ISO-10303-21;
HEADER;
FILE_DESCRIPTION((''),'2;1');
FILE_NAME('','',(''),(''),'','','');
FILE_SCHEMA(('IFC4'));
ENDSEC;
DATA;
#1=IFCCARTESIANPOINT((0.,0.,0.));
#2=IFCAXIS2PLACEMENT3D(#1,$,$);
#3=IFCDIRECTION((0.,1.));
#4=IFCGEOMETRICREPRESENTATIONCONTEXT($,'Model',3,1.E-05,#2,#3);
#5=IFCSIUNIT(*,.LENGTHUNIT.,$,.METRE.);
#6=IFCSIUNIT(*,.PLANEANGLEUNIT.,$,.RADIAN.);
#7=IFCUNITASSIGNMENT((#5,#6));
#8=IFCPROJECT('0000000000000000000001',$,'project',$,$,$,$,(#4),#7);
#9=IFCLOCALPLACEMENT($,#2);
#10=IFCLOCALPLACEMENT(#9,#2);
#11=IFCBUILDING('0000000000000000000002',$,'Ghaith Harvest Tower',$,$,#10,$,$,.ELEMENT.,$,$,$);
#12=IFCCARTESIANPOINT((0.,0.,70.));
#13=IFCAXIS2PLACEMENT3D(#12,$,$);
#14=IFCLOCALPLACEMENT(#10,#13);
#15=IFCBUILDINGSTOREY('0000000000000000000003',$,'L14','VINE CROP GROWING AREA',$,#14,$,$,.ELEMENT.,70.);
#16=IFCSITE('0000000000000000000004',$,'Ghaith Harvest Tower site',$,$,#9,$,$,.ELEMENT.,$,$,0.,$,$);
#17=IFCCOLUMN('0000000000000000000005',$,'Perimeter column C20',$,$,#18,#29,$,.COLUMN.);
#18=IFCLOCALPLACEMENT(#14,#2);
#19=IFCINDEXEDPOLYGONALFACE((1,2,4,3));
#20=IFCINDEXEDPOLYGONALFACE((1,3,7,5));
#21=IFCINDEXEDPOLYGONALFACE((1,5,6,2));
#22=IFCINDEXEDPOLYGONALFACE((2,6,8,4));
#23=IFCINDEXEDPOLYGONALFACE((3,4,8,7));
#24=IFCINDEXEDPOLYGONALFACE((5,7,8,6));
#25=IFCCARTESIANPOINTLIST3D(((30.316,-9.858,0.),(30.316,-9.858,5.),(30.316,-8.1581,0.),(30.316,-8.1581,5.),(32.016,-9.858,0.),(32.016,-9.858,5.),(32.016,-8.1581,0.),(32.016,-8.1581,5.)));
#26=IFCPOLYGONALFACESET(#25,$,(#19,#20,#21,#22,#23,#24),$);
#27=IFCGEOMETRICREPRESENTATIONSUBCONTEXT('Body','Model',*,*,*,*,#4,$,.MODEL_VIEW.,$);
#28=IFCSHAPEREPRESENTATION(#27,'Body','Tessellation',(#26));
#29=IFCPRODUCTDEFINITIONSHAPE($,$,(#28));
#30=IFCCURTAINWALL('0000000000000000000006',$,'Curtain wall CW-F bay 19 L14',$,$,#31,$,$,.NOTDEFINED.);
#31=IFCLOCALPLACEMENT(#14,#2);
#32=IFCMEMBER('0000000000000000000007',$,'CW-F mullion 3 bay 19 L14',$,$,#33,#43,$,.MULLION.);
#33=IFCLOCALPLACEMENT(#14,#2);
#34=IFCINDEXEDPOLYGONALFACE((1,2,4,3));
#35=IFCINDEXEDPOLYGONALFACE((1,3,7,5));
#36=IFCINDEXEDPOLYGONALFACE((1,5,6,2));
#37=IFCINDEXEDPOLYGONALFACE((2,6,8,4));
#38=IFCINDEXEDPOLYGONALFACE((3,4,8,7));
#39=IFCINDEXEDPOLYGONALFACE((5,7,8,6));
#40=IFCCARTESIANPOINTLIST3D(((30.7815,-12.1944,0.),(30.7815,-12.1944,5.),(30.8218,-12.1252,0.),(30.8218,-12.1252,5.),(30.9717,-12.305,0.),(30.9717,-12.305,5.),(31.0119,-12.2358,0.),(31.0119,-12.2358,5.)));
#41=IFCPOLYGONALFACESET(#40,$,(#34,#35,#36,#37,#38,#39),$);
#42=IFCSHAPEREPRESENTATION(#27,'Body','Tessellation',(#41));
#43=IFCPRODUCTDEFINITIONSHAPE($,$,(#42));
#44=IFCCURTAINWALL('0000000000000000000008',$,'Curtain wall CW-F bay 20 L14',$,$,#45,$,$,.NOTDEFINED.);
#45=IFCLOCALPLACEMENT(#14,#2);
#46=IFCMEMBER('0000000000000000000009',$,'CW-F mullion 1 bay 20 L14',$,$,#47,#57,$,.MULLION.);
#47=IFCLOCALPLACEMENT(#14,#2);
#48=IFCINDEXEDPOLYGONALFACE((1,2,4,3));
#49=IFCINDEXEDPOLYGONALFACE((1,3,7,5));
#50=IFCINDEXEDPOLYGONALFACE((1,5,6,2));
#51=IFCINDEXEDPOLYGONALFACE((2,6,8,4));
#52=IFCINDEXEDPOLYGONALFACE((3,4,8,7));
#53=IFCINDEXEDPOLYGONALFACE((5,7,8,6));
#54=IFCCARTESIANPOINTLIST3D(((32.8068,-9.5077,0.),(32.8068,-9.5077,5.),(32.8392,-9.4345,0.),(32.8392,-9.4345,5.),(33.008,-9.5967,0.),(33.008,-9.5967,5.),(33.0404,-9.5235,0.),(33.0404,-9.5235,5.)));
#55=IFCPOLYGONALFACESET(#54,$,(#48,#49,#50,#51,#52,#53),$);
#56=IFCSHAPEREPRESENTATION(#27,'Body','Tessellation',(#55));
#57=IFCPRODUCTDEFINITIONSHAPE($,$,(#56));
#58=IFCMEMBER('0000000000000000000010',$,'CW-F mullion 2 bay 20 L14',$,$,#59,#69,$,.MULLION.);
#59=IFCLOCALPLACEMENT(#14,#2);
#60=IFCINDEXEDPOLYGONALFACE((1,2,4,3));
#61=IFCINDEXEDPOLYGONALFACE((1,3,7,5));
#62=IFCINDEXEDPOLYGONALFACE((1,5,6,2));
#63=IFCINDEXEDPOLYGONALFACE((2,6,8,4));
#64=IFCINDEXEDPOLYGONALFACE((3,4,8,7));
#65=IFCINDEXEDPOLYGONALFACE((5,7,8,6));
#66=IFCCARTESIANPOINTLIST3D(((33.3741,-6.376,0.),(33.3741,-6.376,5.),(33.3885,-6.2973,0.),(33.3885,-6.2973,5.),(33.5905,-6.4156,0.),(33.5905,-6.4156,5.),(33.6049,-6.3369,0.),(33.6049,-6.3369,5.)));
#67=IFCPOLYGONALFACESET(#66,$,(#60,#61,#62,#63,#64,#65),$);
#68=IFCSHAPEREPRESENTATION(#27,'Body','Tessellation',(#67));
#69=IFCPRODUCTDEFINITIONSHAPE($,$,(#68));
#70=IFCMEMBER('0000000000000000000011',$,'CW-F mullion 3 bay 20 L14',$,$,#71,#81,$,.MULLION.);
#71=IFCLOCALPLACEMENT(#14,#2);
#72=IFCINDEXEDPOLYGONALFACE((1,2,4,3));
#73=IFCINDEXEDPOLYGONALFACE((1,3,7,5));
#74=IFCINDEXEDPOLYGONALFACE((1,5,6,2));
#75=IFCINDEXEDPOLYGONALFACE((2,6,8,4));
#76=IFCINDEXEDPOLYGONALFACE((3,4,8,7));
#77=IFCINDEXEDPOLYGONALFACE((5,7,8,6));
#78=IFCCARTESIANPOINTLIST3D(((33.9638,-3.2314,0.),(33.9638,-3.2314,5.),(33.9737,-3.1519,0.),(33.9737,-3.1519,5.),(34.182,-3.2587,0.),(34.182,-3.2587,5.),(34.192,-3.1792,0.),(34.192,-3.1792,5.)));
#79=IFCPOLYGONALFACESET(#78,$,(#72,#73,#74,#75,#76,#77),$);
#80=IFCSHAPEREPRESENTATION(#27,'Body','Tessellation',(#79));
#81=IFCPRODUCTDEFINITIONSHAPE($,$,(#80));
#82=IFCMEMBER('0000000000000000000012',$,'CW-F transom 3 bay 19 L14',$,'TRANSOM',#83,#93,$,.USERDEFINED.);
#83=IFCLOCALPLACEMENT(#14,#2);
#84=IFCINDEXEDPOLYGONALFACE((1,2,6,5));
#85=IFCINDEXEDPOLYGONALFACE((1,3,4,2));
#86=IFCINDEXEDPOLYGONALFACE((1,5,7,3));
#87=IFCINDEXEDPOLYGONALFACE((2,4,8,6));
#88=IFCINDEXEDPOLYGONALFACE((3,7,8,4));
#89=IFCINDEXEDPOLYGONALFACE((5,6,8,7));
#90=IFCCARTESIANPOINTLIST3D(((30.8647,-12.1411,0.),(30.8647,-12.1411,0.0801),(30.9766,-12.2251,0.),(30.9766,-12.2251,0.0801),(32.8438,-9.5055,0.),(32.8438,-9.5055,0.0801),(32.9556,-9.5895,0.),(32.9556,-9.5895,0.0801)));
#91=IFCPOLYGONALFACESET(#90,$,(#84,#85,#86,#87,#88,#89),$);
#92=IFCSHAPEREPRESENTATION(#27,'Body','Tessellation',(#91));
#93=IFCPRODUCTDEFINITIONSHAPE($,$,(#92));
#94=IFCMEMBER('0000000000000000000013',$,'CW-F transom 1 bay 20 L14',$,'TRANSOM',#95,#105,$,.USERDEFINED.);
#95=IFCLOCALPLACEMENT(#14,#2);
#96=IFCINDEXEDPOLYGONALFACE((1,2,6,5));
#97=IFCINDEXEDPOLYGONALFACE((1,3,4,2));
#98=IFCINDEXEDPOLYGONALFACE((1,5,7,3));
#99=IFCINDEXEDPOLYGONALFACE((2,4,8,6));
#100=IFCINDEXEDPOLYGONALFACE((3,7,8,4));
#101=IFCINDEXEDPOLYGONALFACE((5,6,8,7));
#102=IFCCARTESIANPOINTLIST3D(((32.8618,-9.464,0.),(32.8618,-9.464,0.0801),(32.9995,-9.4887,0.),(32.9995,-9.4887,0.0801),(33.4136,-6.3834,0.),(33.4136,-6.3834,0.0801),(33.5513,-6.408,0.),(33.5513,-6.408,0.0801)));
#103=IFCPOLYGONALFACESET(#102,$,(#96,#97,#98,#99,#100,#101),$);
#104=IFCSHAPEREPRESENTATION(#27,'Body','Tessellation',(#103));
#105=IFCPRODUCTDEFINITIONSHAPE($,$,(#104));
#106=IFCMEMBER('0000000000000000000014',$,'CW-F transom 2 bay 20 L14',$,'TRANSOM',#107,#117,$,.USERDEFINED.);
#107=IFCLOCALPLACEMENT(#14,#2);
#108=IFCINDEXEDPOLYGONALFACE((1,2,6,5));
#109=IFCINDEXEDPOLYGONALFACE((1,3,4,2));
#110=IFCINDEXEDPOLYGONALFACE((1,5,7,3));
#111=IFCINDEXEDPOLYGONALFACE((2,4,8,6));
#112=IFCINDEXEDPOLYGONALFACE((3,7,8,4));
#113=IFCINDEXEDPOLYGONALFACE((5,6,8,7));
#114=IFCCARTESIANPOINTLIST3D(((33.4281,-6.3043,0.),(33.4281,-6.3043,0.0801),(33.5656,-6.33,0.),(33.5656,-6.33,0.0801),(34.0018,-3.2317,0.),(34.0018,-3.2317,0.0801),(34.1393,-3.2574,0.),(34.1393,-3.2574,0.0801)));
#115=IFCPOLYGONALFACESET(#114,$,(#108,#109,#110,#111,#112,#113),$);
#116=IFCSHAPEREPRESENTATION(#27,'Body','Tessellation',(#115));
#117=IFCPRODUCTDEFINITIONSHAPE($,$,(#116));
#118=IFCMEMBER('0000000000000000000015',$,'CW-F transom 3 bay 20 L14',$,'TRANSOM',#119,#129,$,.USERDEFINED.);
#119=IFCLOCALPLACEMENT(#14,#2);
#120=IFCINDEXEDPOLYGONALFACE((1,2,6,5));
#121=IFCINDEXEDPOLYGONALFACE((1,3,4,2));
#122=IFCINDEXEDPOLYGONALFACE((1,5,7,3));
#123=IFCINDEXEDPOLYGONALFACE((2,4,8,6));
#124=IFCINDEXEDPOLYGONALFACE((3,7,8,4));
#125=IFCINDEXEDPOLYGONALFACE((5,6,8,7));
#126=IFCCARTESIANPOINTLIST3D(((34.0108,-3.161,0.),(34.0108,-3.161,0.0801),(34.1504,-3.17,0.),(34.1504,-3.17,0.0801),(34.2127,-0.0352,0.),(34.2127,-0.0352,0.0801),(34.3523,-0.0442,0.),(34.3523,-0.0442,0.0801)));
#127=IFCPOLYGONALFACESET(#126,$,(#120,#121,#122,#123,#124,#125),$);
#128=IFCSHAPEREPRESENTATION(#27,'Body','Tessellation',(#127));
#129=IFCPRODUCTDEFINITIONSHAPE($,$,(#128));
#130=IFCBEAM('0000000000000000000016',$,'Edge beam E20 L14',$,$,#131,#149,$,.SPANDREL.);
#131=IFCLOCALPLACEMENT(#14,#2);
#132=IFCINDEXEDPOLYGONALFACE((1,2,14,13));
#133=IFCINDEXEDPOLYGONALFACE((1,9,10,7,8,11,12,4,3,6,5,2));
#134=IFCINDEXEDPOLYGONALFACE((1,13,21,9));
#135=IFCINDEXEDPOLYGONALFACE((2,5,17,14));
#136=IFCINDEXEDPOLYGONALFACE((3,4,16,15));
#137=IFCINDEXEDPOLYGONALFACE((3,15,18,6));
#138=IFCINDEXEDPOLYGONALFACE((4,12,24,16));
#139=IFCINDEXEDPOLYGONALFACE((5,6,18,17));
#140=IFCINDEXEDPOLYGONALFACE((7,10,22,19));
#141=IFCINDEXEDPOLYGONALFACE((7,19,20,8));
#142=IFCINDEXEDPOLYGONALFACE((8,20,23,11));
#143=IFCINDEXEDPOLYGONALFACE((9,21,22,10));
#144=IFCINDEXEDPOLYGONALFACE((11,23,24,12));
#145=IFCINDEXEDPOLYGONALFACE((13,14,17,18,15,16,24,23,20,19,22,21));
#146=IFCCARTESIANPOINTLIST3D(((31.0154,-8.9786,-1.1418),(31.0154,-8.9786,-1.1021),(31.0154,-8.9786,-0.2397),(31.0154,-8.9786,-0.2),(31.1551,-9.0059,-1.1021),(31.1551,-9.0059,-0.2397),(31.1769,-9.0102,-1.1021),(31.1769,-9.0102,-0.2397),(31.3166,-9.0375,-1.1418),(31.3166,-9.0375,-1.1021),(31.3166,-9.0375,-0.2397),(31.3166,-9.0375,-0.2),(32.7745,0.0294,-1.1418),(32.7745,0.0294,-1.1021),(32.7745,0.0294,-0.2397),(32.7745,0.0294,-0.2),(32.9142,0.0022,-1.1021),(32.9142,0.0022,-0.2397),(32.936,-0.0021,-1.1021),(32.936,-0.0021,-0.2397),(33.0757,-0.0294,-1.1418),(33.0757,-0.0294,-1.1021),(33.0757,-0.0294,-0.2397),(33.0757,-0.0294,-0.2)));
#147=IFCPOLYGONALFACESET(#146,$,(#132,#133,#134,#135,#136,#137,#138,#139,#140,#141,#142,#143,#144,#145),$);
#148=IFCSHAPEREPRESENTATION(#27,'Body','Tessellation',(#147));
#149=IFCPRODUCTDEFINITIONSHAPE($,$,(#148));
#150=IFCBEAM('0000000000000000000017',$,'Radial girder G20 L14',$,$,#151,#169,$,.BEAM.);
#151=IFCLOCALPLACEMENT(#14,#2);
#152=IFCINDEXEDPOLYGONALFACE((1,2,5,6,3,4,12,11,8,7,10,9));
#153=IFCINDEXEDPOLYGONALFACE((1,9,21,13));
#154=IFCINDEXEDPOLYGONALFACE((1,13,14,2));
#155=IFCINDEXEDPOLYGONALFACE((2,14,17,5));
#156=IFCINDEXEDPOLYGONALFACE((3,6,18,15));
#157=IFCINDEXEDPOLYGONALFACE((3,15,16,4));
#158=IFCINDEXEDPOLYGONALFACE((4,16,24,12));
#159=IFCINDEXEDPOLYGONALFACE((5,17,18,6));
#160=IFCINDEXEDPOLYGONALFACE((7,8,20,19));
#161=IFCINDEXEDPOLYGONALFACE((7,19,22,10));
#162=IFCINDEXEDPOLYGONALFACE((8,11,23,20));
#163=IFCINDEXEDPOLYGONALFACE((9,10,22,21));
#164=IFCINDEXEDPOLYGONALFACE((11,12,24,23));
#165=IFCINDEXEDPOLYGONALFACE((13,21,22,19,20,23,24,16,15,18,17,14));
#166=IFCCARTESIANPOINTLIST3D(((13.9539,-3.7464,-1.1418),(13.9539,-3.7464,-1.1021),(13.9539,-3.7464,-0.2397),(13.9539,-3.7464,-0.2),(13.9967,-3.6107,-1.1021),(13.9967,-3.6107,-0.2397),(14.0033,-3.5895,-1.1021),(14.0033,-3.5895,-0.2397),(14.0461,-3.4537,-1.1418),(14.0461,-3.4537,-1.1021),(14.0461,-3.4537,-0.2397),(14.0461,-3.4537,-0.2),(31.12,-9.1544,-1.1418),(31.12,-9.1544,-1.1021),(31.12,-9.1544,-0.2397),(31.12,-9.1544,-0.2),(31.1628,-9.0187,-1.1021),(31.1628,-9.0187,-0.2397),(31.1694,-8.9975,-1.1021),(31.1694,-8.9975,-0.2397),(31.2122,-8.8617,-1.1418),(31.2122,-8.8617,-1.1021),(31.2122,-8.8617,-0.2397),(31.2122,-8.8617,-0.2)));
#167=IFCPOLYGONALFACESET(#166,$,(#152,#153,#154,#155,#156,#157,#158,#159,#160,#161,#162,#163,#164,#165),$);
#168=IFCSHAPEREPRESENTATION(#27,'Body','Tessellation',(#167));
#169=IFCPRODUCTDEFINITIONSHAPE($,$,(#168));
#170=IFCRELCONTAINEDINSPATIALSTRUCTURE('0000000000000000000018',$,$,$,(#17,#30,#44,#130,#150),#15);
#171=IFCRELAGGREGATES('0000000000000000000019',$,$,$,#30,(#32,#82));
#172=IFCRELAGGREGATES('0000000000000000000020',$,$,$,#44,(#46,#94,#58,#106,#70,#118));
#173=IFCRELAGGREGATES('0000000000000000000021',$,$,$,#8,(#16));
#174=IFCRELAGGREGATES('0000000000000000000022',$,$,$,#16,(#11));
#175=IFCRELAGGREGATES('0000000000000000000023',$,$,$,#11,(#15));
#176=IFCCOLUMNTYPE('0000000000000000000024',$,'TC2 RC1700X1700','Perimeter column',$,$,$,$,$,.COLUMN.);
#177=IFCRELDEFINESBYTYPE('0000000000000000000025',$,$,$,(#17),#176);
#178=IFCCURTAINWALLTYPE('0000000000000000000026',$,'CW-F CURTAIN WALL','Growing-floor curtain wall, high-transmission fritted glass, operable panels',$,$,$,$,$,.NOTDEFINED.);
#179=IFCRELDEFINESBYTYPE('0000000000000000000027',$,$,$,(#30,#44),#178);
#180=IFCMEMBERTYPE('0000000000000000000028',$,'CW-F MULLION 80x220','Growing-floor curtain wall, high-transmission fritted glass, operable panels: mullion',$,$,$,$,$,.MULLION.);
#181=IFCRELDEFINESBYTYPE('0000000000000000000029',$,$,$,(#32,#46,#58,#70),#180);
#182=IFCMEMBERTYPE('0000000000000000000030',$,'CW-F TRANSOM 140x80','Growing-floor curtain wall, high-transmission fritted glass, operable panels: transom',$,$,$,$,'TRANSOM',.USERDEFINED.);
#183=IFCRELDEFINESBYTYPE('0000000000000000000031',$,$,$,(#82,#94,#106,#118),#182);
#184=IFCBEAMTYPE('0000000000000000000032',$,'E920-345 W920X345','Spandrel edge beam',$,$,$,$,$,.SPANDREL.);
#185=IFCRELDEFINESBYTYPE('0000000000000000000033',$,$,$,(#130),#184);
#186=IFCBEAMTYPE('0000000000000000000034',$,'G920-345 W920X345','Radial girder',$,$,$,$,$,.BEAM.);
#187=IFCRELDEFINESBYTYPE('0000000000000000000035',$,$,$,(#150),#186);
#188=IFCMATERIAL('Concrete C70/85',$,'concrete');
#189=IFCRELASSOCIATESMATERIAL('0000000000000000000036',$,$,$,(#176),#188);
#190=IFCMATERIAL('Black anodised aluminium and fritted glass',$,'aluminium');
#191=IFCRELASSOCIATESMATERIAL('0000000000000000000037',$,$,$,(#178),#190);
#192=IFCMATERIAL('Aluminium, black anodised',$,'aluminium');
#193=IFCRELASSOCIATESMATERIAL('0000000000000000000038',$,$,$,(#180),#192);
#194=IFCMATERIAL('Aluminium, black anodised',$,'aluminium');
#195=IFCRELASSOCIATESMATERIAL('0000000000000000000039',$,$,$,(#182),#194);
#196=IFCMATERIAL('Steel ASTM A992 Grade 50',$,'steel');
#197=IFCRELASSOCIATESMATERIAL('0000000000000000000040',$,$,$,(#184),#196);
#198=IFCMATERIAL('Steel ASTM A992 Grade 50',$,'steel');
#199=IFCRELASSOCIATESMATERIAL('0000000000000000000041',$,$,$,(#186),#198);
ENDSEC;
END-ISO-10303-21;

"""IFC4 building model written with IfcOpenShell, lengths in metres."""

from ifc_helpers import new_model, si_unit, direction, frame, origin, origin_2d, place, context, subcontext, project, spatial, rectangle, i_section, extrude, material, material_profile, profile_set, type_object, element, aggregate, save


model = new_model("IFC4")

# Units and contexts
model_context = context("Model", 3, precision=1e-05, world=origin(), true_north=direction((0.0, 1.0)))
body_context = subcontext(model_context, "Body", "Model", "MODEL_VIEW")
ifc_project = project(units=[si_unit("LENGTHUNIT", "METRE"), si_unit("PLANEANGLEUNIT", "RADIAN")], contexts=[model_context])

# Site, building, storey
site_placement = place(None, origin())
site = spatial("IfcSite", under=ifc_project, at=site_placement, Name="Ghaith Harvest Tower site", CompositionType="ELEMENT", RefElevation=0.0)
building_placement = place(site_placement, origin())
building = spatial("IfcBuilding", under=site, at=building_placement, Name="Ghaith Harvest Tower", CompositionType="ELEMENT")
storey_placement = place(building_placement, frame((0.0, 0.0, 70.0)))
storey = spatial("IfcBuildingStorey", under=building, at=storey_placement, Name="L14", Description="VINE CROP GROWING AREA", CompositionType="ELEMENT", Elevation=70.0)

# Column
ifc_material_1 = material(Name="Concrete C70/85", Category="concrete")
ifc_material_profile_1 = material_profile(ifc_material_1, rectangle(XDim=1.7, YDim=1.7, at=origin_2d()), Name="RC1700X1700")
ifc_profile_set_1 = profile_set([ifc_material_profile_1], Name="Concrete C70/85")
column_type = type_object("IfcColumnType", Name="TC2 RC1700X1700", Description="Perimeter column", PredefinedType="COLUMN", material=ifc_profile_set_1)
column_placement = place(storey_placement, frame((31.166, -9.0081, 0.0), z_axis=(0.0, 0.0, 1.0), x_axis=(1.0, 0.0, 0.0)))
element("IfcColumn", 1, at=column_placement, inside=storey, type_object=column_type, Name="Perimeter column C20", PredefinedType="COLUMN", context=body_context, shape_type="SweptSolid", body=[
    extrude(rectangle(XDim=1.7, YDim=1.7, at=origin_2d()), origin(), (0.0, 0.0, 1.0), 5.0),
])

# Curtain wall, member
ifc_material_2 = material(Name="Black anodised aluminium and fritted glass", Category="aluminium")
curtain_wall_type = type_object("IfcCurtainWallType", Name="CW-F CURTAIN WALL", Description="Growing-floor curtain wall, high-transmission fritted glass, operable panels", PredefinedType="NOTDEFINED", material=ifc_material_2)
curtain_wall_1_placement = place(storey_placement, origin())
curtain_wall_1 = element("IfcCurtainWall", 2, at=curtain_wall_1_placement, inside=storey, type_object=curtain_wall_type, Name="Curtain wall CW-F bay 19 L14", PredefinedType="NOTDEFINED")
ifc_material_3 = material(Name="Aluminium, black anodised", Category="aluminium")
ifc_material_profile_2 = material_profile(ifc_material_3, rectangle(XDim=0.0801, YDim=0.22, at=origin_2d()), Name="CW-F MULLION 80x220")
ifc_profile_set_2 = profile_set([ifc_material_profile_2], Name="Aluminium, black anodised")
member_type_1 = type_object("IfcMemberType", Name="CW-F MULLION 80x220", Description="Growing-floor curtain wall, high-transmission fritted glass, operable panels: mullion", PredefinedType="MULLION", material=ifc_profile_set_2)
member_1_placement = place(storey_placement, frame((30.8967, -12.2151, 0.0), z_axis=(0.0, 0.0, 1.0), x_axis=(0.502795, 0.864406, 0.0)))
member_1 = element("IfcMember", 3, at=member_1_placement, type_object=member_type_1, Name="CW-F mullion 3 bay 19 L14", PredefinedType="MULLION", context=body_context, shape_type="SweptSolid", body=[
    extrude(rectangle(XDim=0.0801, YDim=0.22, at=origin_2d()), origin(), (0.0, 0.0, 1.0), 5.0),
])

# Curtain wall, members
curtain_wall_2_placement = place(storey_placement, origin())
curtain_wall_2 = element("IfcCurtainWall", 4, at=curtain_wall_2_placement, inside=storey, type_object=curtain_wall_type, Name="Curtain wall CW-F bay 20 L14", PredefinedType="NOTDEFINED")
member_2_placement = place(storey_placement, frame((32.9236, -9.5156, 0.0), z_axis=(0.0, 0.0, 1.0), x_axis=(0.404702, 0.914449, 0.0)))
member_2 = element("IfcMember", 5, at=member_2_placement, type_object=member_type_1, Name="CW-F mullion 1 bay 20 L14", PredefinedType="MULLION", context=body_context, shape_type="SweptSolid", body=[
    extrude(rectangle(XDim=0.0801, YDim=0.22, at=origin_2d()), origin(), (0.0, 0.0, 1.0), 5.0),
])
member_3_placement = place(storey_placement, frame((33.4895, -6.3564, 0.0), z_axis=(0.0, 0.0, 1.0), x_axis=(0.179943, 0.983677, 0.0)))
member_3 = element("IfcMember", 6, at=member_3_placement, type_object=member_type_1, Name="CW-F mullion 2 bay 20 L14", PredefinedType="MULLION", context=body_context, shape_type="SweptSolid", body=[
    extrude(rectangle(XDim=0.0801, YDim=0.22, at=origin_2d()), origin(), (0.0, 0.0, 1.0), 5.0),
])
member_4_placement = place(storey_placement, frame((34.0779, -3.2053, 0.0), z_axis=(0.0, 0.0, 1.0), x_axis=(0.12417, 0.992261, 0.0)))
member_4 = element("IfcMember", 7, at=member_4_placement, type_object=member_type_1, Name="CW-F mullion 3 bay 20 L14", PredefinedType="MULLION", context=body_context, shape_type="SweptSolid", body=[
    extrude(rectangle(XDim=0.0801, YDim=0.22, at=origin_2d()), origin(), (0.0, 0.0, 1.0), 5.0),
])

# Members
ifc_material_4 = material(Name="Aluminium, black anodised", Category="aluminium")
ifc_material_profile_3 = material_profile(ifc_material_4, rectangle(XDim=0.1399, YDim=0.0801, at=origin_2d()), Name="CW-F TRANSOM 140x80")
ifc_profile_set_3 = profile_set([ifc_material_profile_3], Name="Aluminium, black anodised")
member_type_2 = type_object("IfcMemberType", Name="CW-F TRANSOM 140x80", Description="Growing-floor curtain wall, high-transmission fritted glass, operable panels: transom", ElementType="TRANSOM", PredefinedType="USERDEFINED", material=ifc_profile_set_3)
member_5_placement = place(storey_placement, frame((30.9207, -12.1831, 0.04), z_axis=(0.600462, 0.799653, 0.0), x_axis=(-0.799653, 0.600462, 0.0)))
member_5 = element("IfcMember", 8, at=member_5_placement, type_object=member_type_2, Name="CW-F transom 3 bay 19 L14", ObjectType="TRANSOM", PredefinedType="USERDEFINED", context=body_context, shape_type="SweptSolid", body=[
    extrude(rectangle(XDim=0.1399, YDim=0.0801, at=origin_2d()), origin(), (0.0, 0.0, 1.0), 3.2959),
])
member_6_placement = place(storey_placement, frame((32.9307, -9.4763, 0.04), z_axis=(0.176304, 0.984336, 0.0), x_axis=(-0.984336, 0.176304, 0.0)))
member_6 = element("IfcMember", 9, at=member_6_placement, type_object=member_type_2, Name="CW-F transom 1 bay 20 L14", ObjectType="TRANSOM", PredefinedType="USERDEFINED", context=body_context, shape_type="SweptSolid", body=[
    extrude(rectangle(XDim=0.1399, YDim=0.0801, at=origin_2d()), origin(), (0.0, 0.0, 1.0), 3.1296),
])
member_7_placement = place(storey_placement, frame((33.4968, -6.3171, 0.04), z_axis=(0.183557, 0.983009, 0.0), x_axis=(-0.983009, 0.183557, 0.0)))
member_7 = element("IfcMember", 10, at=member_7_placement, type_object=member_type_2, Name="CW-F transom 2 bay 20 L14", ObjectType="TRANSOM", PredefinedType="USERDEFINED", context=body_context, shape_type="SweptSolid", body=[
    extrude(rectangle(XDim=0.1399, YDim=0.0801, at=origin_2d()), origin(), (0.0, 0.0, 1.0), 3.1257),
])
member_8_placement = place(storey_placement, frame((34.0806, -3.1655, 0.04), z_axis=(0.06446, 0.99792, 0.0), x_axis=(-0.99792, 0.06446, 0.0)))
member_8 = element("IfcMember", 11, at=member_8_placement, type_object=member_type_2, Name="CW-F transom 3 bay 20 L14", ObjectType="TRANSOM", PredefinedType="USERDEFINED", context=body_context, shape_type="SweptSolid", body=[
    extrude(rectangle(XDim=0.1399, YDim=0.0801, at=origin_2d()), origin(), (0.0, 0.0, 1.0), 3.1323),
])

# Beams
ifc_material_5 = material(Name="Steel ASTM A992 Grade 50", Category="steel")
ifc_material_profile_4 = material_profile(ifc_material_5, i_section(OverallWidth=0.3069, OverallDepth=0.9419, WebThickness=0.0222, FlangeThickness=0.0398, at=origin_2d()), Name="W920X345")
ifc_profile_set_4 = profile_set([ifc_material_profile_4], Name="Steel ASTM A992 Grade 50")
beam_type_1 = type_object("IfcBeamType", Name="E920-345 W920X345", Description="Spandrel edge beam", PredefinedType="SPANDREL", material=ifc_profile_set_4)
beam_1_placement = place(storey_placement, frame((31.166, -9.0081, -0.6709), z_axis=(0.191653, 0.981463, 0.0), x_axis=(-0.981463, 0.191653, 0.0)))
element("IfcBeam", 12, at=beam_1_placement, inside=storey, type_object=beam_type_1, Name="Edge beam E20 L14", PredefinedType="SPANDREL", context=body_context, shape_type="SweptSolid", body=[
    extrude(i_section(OverallWidth=0.3069, OverallDepth=0.9419, WebThickness=0.0222, FlangeThickness=0.0398, at=origin_2d()), origin(), (0.0, 0.0, 1.0), 9.1782),
])
ifc_material_6 = material(Name="Steel ASTM A992 Grade 50", Category="steel")
ifc_material_profile_5 = material_profile(ifc_material_6, i_section(OverallWidth=0.3069, OverallDepth=0.9419, WebThickness=0.0222, FlangeThickness=0.0398, at=origin_2d()), Name="W920X345")
ifc_profile_set_5 = profile_set([ifc_material_profile_5], Name="Steel ASTM A992 Grade 50")
beam_type_2 = type_object("IfcBeamType", Name="G920-345 W920X345", Description="Radial girder", PredefinedType="BEAM", material=ifc_profile_set_5)
beam_2_placement = place(storey_placement, frame((14.0, -3.6001, -0.6709), z_axis=(0.953788, -0.30048, 0.0), x_axis=(0.30048, 0.953788, 0.0)))
element("IfcBeam", 13, at=beam_2_placement, inside=storey, type_object=beam_type_2, Name="Radial girder G20 L14", PredefinedType="BEAM", context=body_context, shape_type="SweptSolid", body=[
    extrude(i_section(OverallWidth=0.3069, OverallDepth=0.9419, WebThickness=0.0222, FlangeThickness=0.0398, at=origin_2d()), origin(), (0.0, 0.0, 1.0), 17.9978),
])

aggregate(curtain_wall_1, [member_1, member_5])
aggregate(curtain_wall_2, [member_2, member_6, member_3, member_7, member_4, member_8])

save(model, "model.ifc")
